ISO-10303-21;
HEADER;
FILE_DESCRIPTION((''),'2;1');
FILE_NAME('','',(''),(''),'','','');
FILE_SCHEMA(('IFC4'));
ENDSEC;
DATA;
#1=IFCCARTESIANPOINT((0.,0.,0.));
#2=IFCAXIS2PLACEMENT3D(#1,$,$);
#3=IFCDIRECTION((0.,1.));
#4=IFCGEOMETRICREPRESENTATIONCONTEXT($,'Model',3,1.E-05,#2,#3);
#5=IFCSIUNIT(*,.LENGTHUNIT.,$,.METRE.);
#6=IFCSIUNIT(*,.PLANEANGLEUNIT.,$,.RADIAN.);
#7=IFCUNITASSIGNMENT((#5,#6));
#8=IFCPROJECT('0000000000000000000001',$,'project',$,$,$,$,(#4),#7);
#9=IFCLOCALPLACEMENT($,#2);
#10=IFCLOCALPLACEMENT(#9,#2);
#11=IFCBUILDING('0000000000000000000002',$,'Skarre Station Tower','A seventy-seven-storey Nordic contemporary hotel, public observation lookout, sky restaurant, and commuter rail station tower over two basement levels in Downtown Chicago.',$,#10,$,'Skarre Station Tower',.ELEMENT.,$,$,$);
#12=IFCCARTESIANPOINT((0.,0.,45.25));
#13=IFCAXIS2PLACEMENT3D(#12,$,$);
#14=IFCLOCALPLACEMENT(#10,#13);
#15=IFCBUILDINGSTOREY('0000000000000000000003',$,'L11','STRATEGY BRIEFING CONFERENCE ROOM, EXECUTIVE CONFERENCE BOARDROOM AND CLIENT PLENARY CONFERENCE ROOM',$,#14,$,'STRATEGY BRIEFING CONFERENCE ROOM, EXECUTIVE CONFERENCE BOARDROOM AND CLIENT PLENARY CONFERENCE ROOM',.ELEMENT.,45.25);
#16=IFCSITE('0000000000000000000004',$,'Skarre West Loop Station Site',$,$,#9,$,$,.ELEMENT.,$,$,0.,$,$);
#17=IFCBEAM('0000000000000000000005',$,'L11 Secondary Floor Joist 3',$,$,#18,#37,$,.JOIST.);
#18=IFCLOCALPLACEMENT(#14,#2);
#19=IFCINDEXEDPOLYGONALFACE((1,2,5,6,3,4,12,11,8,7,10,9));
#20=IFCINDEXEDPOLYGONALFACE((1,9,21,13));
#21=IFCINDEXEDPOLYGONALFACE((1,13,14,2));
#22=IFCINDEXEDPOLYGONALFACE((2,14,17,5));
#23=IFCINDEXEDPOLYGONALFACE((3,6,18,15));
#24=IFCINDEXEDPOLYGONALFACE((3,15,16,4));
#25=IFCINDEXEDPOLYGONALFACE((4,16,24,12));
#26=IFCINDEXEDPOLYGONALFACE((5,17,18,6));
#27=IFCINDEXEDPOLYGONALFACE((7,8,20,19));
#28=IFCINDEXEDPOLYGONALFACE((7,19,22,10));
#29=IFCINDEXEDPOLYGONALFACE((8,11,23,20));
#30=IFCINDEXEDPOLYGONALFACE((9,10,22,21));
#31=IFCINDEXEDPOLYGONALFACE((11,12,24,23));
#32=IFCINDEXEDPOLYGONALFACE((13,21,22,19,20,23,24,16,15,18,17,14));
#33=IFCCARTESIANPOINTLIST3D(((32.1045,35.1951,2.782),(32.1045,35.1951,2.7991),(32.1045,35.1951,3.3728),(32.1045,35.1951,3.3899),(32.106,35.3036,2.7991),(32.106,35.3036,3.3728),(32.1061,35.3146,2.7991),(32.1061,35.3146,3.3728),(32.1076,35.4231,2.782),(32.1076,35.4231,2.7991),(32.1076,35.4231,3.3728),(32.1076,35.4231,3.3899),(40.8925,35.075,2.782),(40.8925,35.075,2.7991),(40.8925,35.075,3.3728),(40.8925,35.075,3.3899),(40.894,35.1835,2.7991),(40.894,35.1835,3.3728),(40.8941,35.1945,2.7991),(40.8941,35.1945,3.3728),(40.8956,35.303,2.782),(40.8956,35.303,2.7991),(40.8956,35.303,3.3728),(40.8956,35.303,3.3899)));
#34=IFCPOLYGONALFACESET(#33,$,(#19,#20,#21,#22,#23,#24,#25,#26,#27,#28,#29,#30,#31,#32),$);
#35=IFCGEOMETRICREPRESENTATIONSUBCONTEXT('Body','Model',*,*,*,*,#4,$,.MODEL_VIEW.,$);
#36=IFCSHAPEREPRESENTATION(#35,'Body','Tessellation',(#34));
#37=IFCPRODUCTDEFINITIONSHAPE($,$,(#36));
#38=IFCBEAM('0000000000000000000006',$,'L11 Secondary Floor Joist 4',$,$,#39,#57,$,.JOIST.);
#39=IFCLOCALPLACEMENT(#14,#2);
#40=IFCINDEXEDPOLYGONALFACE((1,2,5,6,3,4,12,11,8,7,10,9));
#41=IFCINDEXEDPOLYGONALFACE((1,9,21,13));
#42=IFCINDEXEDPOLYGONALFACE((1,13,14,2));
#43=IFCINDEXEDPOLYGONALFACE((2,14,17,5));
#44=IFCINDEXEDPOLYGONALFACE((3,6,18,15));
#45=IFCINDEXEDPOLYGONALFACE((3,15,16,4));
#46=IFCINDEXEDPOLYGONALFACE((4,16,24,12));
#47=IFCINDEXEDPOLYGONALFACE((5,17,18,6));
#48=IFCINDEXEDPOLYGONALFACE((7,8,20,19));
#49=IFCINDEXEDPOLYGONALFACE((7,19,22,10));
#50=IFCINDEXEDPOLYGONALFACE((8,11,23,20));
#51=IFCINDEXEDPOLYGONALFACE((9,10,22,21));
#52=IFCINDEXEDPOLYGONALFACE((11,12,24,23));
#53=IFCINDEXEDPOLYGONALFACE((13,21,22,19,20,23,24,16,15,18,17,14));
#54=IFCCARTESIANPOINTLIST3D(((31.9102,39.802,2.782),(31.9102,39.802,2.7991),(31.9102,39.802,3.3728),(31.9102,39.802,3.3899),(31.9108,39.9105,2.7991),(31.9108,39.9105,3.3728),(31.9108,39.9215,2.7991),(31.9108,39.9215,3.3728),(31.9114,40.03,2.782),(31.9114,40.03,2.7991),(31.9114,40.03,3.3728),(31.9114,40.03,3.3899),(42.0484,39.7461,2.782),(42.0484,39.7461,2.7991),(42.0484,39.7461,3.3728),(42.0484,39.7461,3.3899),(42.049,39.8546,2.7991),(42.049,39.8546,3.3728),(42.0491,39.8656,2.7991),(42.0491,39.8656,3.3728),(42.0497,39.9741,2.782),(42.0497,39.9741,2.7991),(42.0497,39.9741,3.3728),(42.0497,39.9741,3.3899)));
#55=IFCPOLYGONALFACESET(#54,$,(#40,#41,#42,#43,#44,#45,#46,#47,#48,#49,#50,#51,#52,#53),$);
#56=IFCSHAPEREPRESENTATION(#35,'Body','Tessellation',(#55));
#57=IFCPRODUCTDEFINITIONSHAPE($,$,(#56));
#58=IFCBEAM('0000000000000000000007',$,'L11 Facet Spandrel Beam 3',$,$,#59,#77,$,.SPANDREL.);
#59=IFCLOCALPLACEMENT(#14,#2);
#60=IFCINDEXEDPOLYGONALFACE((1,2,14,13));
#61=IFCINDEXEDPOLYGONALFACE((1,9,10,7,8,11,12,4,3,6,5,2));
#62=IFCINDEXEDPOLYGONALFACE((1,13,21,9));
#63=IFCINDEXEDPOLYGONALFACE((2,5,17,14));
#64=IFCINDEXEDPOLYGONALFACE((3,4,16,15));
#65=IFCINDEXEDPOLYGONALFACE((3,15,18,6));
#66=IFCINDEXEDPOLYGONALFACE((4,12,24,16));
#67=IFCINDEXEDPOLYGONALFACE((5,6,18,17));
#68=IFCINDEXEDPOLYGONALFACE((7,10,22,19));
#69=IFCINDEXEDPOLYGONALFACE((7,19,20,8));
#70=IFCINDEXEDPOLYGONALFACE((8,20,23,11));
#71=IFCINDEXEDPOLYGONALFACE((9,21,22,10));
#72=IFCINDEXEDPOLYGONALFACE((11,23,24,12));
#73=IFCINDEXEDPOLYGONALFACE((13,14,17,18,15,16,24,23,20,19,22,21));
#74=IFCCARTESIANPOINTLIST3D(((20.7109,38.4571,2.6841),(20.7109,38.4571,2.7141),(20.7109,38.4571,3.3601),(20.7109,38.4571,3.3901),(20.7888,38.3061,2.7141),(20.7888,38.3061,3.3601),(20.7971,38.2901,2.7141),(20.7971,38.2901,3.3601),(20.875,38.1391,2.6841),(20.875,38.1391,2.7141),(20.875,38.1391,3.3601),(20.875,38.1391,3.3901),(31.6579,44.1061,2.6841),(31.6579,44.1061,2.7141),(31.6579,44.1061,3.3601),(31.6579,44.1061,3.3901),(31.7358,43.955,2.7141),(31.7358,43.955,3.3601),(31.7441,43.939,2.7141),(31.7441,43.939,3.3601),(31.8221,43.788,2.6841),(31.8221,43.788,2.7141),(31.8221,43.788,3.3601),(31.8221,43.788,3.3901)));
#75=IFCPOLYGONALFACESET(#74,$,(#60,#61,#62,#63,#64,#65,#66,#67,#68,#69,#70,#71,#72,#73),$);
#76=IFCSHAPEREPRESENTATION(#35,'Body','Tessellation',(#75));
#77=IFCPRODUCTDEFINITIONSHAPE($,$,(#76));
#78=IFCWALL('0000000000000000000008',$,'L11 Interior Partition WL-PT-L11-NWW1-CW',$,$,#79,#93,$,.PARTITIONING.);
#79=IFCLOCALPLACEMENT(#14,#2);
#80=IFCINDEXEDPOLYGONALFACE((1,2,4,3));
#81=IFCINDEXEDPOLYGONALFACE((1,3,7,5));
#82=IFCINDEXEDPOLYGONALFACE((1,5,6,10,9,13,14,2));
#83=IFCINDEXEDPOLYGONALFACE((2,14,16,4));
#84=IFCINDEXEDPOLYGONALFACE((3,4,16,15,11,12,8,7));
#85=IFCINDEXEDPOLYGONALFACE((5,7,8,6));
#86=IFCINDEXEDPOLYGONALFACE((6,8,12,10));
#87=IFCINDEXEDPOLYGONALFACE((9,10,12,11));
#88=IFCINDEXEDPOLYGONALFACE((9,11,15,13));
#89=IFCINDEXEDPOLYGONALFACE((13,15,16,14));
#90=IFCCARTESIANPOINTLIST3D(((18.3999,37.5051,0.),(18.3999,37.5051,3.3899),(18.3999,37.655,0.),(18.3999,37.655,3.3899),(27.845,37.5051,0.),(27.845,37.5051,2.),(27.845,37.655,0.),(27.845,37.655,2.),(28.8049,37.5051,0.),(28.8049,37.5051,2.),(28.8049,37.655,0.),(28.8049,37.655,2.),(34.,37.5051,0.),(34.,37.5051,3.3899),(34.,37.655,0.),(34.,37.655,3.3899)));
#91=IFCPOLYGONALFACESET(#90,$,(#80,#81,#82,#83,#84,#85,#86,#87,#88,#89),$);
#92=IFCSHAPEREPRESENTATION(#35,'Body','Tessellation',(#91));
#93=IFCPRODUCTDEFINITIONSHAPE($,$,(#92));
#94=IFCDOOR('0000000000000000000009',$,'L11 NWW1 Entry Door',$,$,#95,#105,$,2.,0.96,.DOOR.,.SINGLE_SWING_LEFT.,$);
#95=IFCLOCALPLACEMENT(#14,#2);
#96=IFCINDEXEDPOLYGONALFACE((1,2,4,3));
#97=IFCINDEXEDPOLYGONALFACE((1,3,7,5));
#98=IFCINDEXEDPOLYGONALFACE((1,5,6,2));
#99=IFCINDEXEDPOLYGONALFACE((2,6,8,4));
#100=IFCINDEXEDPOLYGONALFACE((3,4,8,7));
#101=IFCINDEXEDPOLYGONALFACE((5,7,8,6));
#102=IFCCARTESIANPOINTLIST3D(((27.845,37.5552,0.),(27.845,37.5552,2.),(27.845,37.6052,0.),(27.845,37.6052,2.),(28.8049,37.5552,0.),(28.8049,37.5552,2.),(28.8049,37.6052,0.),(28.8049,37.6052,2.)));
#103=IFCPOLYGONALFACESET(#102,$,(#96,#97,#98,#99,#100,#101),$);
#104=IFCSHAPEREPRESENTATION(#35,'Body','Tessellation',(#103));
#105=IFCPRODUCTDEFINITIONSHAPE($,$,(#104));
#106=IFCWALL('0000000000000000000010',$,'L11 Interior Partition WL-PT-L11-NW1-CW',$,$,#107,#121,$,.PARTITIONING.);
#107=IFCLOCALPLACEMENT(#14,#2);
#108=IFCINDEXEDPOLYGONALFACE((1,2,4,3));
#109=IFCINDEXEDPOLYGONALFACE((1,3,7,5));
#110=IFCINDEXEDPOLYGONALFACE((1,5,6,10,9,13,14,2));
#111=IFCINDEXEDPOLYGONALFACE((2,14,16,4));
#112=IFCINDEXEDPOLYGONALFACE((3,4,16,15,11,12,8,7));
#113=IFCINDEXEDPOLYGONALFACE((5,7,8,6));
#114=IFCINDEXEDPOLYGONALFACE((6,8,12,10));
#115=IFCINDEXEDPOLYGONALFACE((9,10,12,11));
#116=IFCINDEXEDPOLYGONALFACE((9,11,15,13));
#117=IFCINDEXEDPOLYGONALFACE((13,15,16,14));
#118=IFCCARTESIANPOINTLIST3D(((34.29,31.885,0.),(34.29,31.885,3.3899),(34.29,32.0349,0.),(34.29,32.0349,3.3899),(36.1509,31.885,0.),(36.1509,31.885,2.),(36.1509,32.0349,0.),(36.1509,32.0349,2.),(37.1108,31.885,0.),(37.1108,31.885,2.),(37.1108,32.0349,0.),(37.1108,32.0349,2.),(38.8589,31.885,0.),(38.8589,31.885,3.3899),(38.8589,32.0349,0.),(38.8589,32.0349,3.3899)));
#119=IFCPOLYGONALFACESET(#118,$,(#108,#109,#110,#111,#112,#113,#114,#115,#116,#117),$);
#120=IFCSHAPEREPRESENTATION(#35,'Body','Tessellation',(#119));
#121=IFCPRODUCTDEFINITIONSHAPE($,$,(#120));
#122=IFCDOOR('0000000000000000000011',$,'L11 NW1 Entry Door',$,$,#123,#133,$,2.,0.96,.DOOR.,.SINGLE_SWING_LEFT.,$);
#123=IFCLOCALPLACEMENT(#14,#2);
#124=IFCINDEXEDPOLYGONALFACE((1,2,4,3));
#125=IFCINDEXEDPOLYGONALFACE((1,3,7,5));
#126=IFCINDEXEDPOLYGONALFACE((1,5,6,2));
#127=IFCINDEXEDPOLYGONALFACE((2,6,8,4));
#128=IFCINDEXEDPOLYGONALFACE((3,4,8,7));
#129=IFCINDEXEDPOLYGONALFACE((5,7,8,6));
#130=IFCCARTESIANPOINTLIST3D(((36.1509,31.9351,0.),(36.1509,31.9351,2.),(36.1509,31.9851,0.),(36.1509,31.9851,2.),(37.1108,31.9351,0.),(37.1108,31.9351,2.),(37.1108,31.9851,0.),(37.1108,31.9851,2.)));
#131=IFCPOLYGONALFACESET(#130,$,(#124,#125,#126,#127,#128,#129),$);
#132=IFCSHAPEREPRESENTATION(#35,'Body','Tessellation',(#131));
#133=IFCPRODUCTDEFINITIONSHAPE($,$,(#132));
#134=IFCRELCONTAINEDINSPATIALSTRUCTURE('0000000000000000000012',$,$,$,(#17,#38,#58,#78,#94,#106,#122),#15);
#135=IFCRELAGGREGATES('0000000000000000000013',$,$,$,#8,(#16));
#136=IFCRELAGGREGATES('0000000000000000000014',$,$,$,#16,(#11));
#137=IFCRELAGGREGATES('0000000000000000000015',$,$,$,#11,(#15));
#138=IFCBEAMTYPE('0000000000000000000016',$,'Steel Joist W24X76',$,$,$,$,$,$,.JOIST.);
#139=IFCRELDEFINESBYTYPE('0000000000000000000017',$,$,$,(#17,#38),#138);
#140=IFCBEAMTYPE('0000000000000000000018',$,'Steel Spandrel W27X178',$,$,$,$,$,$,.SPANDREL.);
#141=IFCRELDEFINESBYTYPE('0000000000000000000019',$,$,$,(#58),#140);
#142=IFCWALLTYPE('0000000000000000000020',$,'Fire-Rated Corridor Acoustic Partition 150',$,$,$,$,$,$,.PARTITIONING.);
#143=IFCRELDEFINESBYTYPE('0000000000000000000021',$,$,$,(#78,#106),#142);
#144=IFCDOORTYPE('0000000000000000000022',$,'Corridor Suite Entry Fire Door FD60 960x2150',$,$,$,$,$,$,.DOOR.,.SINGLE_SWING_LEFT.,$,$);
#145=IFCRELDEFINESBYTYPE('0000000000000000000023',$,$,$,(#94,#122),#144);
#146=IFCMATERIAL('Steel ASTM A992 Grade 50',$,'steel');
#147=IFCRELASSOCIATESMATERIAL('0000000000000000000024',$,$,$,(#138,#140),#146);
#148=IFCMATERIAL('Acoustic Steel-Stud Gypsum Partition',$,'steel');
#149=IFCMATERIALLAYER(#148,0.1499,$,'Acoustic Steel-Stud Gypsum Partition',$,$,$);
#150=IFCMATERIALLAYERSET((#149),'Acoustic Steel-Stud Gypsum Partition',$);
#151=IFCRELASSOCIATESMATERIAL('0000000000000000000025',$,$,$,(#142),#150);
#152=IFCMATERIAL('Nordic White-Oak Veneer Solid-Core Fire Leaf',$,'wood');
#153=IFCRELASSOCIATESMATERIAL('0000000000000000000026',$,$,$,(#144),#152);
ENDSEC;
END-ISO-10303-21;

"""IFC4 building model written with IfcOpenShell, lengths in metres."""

from ifc_helpers import new_model, si_unit, direction, frame, frame_2d, origin, origin_2d, place, context, subcontext, project, spatial, rectangle, i_section, extrude, material, layer, layer_set, material_profile, profile_set, type_object, element, fill, save


model = new_model("IFC4")

# Units and contexts
model_context = context("Model", 3, precision=1e-05, world=origin(), true_north=direction((0.0, 1.0)))
body_context = subcontext(model_context, "Body", "Model", "MODEL_VIEW")
ifc_project = project(units=[si_unit("LENGTHUNIT", "METRE"), si_unit("PLANEANGLEUNIT", "RADIAN")], contexts=[model_context])

# Site, building, storey
site_placement = place(None, origin())
site = spatial("IfcSite", under=ifc_project, at=site_placement, Name="Skarre West Loop Station Site", CompositionType="ELEMENT", RefElevation=0.0)
building_placement = place(site_placement, origin())
building = spatial("IfcBuilding", under=site, at=building_placement, Name="Skarre Station Tower", Description="A seventy-seven-storey Nordic contemporary hotel, public observation lookout, sky restaurant, and commuter rail station tower over two basement levels in Downtown Chicago.", LongName="Skarre Station Tower", CompositionType="ELEMENT")
storey_placement = place(building_placement, frame((0.0, 0.0, 45.25)))
storey = spatial("IfcBuildingStorey", under=building, at=storey_placement, Name="L11", Description="STRATEGY BRIEFING CONFERENCE ROOM, EXECUTIVE CONFERENCE BOARDROOM AND CLIENT PLENARY CONFERENCE ROOM", LongName="STRATEGY BRIEFING CONFERENCE ROOM, EXECUTIVE CONFERENCE BOARDROOM AND CLIENT PLENARY CONFERENCE ROOM", CompositionType="ELEMENT", Elevation=45.25)

# Beams
ifc_material_1 = material(Name="Steel ASTM A992 Grade 50", Category="steel")
ifc_material_profile_1 = material_profile(ifc_material_1, i_section(OverallWidth=0.228, OverallDepth=0.6079, WebThickness=0.011, FlangeThickness=0.0171, at=origin_2d()), Name="Steel ASTM A992 Grade 50")
ifc_profile_set_1 = profile_set([ifc_material_profile_1], Name="Steel ASTM A992 Grade 50")
beam_type_1 = type_object("IfcBeamType", Name="Steel Joist W24X76", PredefinedType="JOIST", material=ifc_profile_set_1)
beam_1_placement = place(storey_placement, frame((40.894, 35.189, 3.0859), z_axis=(-0.999907, 0.013667, 0.0), x_axis=(-0.013667, -0.999907, 0.0)))
element("IfcBeam", 1, at=beam_1_placement, inside=storey, type_object=beam_type_1, Name="L11 Secondary Floor Joist 3", PredefinedType="JOIST", context=body_context, shape_type="SweptSolid", body=[
    extrude(i_section(OverallWidth=0.228, OverallDepth=0.6079, WebThickness=0.011, FlangeThickness=0.0171, at=origin_2d()), origin(), (0.0, 0.0, 1.0), 8.7888),
])
beam_2_placement = place(storey_placement, frame((42.0491, 39.8601, 3.0859), z_axis=(-0.999985, 0.005515, 0.0), x_axis=(-0.005515, -0.999985, 0.0)))
element("IfcBeam", 2, at=beam_2_placement, inside=storey, type_object=beam_type_1, Name="L11 Secondary Floor Joist 4", PredefinedType="JOIST", context=body_context, shape_type="SweptSolid", body=[
    extrude(i_section(OverallWidth=0.228, OverallDepth=0.6079, WebThickness=0.011, FlangeThickness=0.0171, at=origin_2d()), origin(), (0.0, 0.0, 1.0), 10.1384),
])
ifc_material_profile_2 = material_profile(ifc_material_1, i_section(OverallWidth=0.3579, OverallDepth=0.7061, WebThickness=0.0181, FlangeThickness=0.03, at=origin_2d()), Name="Steel ASTM A992 Grade 50")
ifc_profile_set_2 = profile_set([ifc_material_profile_2], Name="Steel ASTM A992 Grade 50")
beam_type_2 = type_object("IfcBeamType", Name="Steel Spandrel W27X178", PredefinedType="SPANDREL", material=ifc_profile_set_2)
beam_3_placement = place(storey_placement, frame((31.74, 43.947, 3.0371), z_axis=(-0.888659, -0.458569, 0.0), x_axis=(0.458569, -0.888659, 0.0)))
element("IfcBeam", 3, at=beam_3_placement, inside=storey, type_object=beam_type_2, Name="L11 Facet Spandrel Beam 3", PredefinedType="SPANDREL", context=body_context, shape_type="SweptSolid", body=[
    extrude(i_section(OverallWidth=0.3579, OverallDepth=0.7061, WebThickness=0.0181, FlangeThickness=0.03, at=origin_2d()), origin(), (0.0, 0.0, 1.0), 12.3186),
])

# Walls, openings, doors
ifc_material_2 = material(Name="Acoustic Steel-Stud Gypsum Partition", Category="steel")
ifc_layer_1 = layer(ifc_material_2, 0.1499, Name="Acoustic Steel-Stud Gypsum Partition")
ifc_layer_set_1 = layer_set([ifc_layer_1], Name="Acoustic Steel-Stud Gypsum Partition")
wall_type_1 = type_object("IfcWallType", Name="Fire-Rated Corridor Acoustic Partition 150", PredefinedType="PARTITIONING", material=ifc_layer_set_1)
wall_1_placement = place(storey_placement, frame((34.0, 37.5801, 0.0), z_axis=(0.0, 0.0, 1.0), x_axis=(-1.0, 0.0, 0.0)))
wall_1 = element("IfcWall", 4, at=wall_1_placement, inside=storey, type_object=wall_type_1, Name="L11 Interior Partition WL-PT-L11-NWW1-CW", PredefinedType="PARTITIONING", context=body_context, shape_type="SweptSolid", body=[
    extrude(rectangle(XDim=15.6001, YDim=0.1499, at=frame_2d((7.8, 0.0))), origin(), (0.0, 0.0, 1.0), 3.3899),
])
opening_1_placement = place(wall_1_placement, frame((5.1951, 0.0, 0.0)))
opening_1 = element("IfcOpeningElement", 5, at=opening_1_placement, cuts=wall_1, PredefinedType="OPENING", context=body_context, shape_type="SweptSolid", body=[
    extrude(rectangle(XDim=0.96, YDim=2.0, at=frame_2d((0.48, 1.0))), frame((0.0, 0.085, 0.0), z_axis=(0.0, -1.0, 0.0), x_axis=(1.0, 0.0, 0.0)), (0.0, 0.0, 1.0), 0.1699),
])
ifc_material_3 = material(Name="Nordic White-Oak Veneer Solid-Core Fire Leaf", Category="wood")
door_type = type_object("IfcDoorType", Name="Corridor Suite Entry Fire Door FD60 960x2150", OperationType="SINGLE_SWING_LEFT", PredefinedType="DOOR", material=ifc_material_3)
door_1_placement = place(opening_1_placement, origin())
door_1 = element("IfcDoor", 6, at=door_1_placement, inside=storey, type_object=door_type, Name="L11 NWW1 Entry Door", OperationType="SINGLE_SWING_LEFT", OverallHeight=2.0, OverallWidth=0.96, PredefinedType="DOOR", context=body_context, shape_type="SweptSolid", body=[
    extrude(rectangle(XDim=0.96, YDim=2.0, at=frame_2d((0.48, 1.0))), frame((0.0, 0.0249, 0.0), z_axis=(0.0, -1.0, 0.0), x_axis=(1.0, 0.0, 0.0)), (0.0, 0.0, 1.0), 0.05),
])
fill(opening_1, door_1)
wall_2_placement = place(storey_placement, frame((38.8589, 31.96, 0.0), z_axis=(0.0, 0.0, 1.0), x_axis=(-1.0, 0.0, 0.0)))
wall_2 = element("IfcWall", 7, at=wall_2_placement, inside=storey, type_object=wall_type_1, Name="L11 Interior Partition WL-PT-L11-NW1-CW", PredefinedType="PARTITIONING", context=body_context, shape_type="SweptSolid", body=[
    extrude(rectangle(XDim=4.5688, YDim=0.1499, at=frame_2d((2.2844, 0.0))), origin(), (0.0, 0.0, 1.0), 3.3899),
])
opening_2_placement = place(wall_2_placement, frame((1.748, 0.0, 0.0)))
opening_2 = element("IfcOpeningElement", 8, at=opening_2_placement, cuts=wall_2, PredefinedType="OPENING", context=body_context, shape_type="SweptSolid", body=[
    extrude(rectangle(XDim=0.96, YDim=2.0, at=frame_2d((0.48, 1.0))), frame((0.0, 0.085, 0.0), z_axis=(0.0, -1.0, 0.0), x_axis=(1.0, 0.0, 0.0)), (0.0, 0.0, 1.0), 0.1699),
])
door_2_placement = place(opening_2_placement, origin())
door_2 = element("IfcDoor", 9, at=door_2_placement, inside=storey, type_object=door_type, Name="L11 NW1 Entry Door", OperationType="SINGLE_SWING_LEFT", OverallHeight=2.0, OverallWidth=0.96, PredefinedType="DOOR", context=body_context, shape_type="SweptSolid", body=[
    extrude(rectangle(XDim=0.96, YDim=2.0, at=frame_2d((0.48, 1.0))), frame((0.0, 0.0249, 0.0), z_axis=(0.0, -1.0, 0.0), x_axis=(1.0, 0.0, 0.0)), (0.0, 0.0, 1.0), 0.05),
])
fill(opening_2, door_2)

save(model, "model.ifc")
